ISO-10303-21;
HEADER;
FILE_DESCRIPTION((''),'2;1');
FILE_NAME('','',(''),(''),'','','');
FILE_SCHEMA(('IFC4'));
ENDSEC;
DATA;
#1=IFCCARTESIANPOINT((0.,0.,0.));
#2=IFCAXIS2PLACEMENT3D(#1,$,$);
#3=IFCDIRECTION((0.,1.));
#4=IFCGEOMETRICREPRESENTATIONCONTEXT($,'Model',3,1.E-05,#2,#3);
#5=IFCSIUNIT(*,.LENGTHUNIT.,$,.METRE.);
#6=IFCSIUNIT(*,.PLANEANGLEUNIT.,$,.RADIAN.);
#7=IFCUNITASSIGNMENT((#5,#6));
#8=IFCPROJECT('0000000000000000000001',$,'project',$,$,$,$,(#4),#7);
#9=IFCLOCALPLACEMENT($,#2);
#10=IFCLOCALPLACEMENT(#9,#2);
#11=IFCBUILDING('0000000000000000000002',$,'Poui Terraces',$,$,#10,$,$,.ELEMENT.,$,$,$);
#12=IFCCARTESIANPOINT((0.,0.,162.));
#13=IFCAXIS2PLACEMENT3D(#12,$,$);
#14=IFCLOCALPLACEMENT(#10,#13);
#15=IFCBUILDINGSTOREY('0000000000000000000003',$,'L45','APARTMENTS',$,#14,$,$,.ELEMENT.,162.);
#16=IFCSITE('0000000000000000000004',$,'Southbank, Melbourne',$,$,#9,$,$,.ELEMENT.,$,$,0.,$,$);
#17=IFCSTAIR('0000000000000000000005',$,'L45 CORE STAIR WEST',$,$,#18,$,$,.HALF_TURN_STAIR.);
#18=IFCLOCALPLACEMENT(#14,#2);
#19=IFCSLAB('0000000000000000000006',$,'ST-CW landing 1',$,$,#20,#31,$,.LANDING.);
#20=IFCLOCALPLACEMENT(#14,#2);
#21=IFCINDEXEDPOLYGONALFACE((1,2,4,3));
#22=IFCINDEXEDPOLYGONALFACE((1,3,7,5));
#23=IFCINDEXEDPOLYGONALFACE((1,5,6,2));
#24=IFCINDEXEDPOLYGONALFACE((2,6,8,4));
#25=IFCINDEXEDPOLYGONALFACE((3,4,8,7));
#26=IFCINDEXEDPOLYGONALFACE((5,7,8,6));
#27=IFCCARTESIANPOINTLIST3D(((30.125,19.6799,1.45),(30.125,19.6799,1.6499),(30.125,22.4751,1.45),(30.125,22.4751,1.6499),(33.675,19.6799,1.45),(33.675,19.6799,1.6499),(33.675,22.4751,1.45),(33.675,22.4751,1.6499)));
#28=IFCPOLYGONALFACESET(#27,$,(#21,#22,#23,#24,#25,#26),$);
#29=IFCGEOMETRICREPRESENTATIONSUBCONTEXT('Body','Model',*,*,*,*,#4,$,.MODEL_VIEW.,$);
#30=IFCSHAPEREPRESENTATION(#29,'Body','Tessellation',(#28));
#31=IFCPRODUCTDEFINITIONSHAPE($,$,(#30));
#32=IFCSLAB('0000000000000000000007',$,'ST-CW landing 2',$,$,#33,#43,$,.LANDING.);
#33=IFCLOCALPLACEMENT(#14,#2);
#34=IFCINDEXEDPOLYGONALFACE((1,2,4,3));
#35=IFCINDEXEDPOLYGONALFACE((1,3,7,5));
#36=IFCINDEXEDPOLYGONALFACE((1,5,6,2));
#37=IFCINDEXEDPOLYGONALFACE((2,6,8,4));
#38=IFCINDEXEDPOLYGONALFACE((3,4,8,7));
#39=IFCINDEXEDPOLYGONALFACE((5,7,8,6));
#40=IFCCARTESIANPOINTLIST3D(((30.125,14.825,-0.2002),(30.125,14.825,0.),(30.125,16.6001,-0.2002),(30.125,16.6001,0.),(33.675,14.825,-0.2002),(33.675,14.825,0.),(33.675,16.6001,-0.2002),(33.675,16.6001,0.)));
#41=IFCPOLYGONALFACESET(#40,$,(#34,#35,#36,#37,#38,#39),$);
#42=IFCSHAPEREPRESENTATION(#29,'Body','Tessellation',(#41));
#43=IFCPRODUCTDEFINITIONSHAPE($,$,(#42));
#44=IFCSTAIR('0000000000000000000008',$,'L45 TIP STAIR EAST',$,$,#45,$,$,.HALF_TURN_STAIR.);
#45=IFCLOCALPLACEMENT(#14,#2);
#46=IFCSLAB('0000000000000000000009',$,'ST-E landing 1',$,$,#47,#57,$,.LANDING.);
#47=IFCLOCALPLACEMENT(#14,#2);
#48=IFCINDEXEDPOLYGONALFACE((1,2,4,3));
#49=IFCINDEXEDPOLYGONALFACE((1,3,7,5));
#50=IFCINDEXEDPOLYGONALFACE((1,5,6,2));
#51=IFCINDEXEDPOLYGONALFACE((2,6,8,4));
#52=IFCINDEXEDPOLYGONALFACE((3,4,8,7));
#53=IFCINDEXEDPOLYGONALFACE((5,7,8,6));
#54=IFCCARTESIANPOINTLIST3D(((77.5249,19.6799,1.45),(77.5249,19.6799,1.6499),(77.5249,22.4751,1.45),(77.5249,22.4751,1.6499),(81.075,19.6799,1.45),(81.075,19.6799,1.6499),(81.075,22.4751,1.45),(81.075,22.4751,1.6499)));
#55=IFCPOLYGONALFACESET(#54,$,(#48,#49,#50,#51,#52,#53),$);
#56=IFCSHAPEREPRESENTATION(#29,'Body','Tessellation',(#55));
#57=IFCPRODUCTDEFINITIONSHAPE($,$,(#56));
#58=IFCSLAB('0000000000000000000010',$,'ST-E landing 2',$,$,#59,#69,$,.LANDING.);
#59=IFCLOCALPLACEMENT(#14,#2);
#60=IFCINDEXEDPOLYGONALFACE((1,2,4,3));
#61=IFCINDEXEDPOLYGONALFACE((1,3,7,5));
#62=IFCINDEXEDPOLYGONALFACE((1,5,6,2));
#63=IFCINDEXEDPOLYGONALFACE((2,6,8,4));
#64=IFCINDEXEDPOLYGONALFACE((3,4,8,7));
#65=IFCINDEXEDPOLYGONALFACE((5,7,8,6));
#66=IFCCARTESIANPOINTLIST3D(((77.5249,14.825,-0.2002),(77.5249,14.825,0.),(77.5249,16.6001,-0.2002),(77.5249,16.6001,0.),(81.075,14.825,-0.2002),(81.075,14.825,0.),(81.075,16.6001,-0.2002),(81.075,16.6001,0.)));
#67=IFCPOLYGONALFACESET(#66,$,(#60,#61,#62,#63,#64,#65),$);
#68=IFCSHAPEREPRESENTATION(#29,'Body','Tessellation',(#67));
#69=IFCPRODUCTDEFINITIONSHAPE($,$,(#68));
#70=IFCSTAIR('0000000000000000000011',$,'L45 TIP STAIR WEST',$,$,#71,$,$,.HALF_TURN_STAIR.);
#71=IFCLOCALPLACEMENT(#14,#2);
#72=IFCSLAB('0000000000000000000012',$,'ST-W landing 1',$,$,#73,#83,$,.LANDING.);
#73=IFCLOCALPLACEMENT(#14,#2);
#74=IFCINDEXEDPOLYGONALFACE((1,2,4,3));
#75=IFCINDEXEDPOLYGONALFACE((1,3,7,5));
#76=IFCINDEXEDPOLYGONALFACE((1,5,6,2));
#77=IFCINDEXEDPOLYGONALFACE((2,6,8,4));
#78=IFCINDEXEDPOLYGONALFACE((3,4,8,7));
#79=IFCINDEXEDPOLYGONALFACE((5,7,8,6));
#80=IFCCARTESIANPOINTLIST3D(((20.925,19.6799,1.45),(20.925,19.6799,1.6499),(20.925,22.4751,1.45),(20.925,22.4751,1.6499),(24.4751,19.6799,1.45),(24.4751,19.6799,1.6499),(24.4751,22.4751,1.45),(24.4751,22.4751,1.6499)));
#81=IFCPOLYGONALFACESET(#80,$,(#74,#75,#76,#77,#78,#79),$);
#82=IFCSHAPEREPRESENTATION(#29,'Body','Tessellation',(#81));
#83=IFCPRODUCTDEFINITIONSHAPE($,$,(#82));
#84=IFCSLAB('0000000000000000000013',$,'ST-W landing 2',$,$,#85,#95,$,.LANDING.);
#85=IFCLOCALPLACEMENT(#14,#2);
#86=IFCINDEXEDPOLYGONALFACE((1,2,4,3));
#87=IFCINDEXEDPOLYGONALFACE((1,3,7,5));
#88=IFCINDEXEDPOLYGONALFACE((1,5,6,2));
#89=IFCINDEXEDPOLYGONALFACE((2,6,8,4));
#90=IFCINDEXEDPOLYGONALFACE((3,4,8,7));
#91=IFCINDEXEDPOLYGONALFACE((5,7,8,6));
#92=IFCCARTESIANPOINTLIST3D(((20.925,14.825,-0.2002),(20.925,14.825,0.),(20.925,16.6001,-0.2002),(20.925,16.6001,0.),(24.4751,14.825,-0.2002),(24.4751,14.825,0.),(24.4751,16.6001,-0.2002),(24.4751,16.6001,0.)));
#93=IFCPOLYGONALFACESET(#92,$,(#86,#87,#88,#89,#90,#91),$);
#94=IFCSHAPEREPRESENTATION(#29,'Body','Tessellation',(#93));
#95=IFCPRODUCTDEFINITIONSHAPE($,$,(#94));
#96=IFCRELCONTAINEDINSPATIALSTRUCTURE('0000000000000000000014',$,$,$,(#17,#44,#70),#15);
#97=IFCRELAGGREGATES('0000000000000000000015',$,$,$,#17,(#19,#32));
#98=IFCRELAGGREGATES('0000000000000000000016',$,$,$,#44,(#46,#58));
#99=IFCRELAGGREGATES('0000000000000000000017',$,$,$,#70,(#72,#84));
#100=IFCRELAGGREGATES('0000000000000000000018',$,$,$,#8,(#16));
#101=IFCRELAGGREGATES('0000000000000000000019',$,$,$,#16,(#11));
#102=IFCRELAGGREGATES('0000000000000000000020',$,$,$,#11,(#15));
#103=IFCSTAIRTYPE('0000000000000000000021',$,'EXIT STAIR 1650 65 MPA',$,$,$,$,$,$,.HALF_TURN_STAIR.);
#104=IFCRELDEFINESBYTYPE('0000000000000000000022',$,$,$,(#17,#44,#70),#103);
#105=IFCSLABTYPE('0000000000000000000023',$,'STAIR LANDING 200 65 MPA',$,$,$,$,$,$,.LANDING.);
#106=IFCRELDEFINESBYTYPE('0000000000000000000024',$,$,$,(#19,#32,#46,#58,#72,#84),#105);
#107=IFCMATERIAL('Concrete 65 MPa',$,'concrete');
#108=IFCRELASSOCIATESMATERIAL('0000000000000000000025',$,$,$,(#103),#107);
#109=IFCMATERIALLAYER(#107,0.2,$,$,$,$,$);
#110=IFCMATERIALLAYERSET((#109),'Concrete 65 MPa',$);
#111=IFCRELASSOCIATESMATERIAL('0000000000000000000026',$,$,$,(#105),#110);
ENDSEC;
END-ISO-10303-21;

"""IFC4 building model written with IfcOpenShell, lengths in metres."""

from ifc_helpers import new_model, si_unit, direction, frame, origin, place, context, subcontext, project, spatial, polyline, outline, extrude, material, layer, layer_set, type_object, element, aggregate, save


model = new_model("IFC4")

# Units and contexts
model_context = context("Model", 3, precision=1e-05, world=origin(), true_north=direction((0.0, 1.0)))
body_context = subcontext(model_context, "Body", "Model", "MODEL_VIEW")
ifc_project = project(units=[si_unit("LENGTHUNIT", "METRE"), si_unit("PLANEANGLEUNIT", "RADIAN")], contexts=[model_context])

# Site, building, storey
site_placement = place(None, origin())
site = spatial("IfcSite", under=ifc_project, at=site_placement, Name="Southbank, Melbourne", CompositionType="ELEMENT", RefElevation=0.0)
building_placement = place(site_placement, origin())
building = spatial("IfcBuilding", under=site, at=building_placement, Name="Poui Terraces", CompositionType="ELEMENT")
storey_placement = place(building_placement, frame((0.0, 0.0, 162.0)))
storey = spatial("IfcBuildingStorey", under=building, at=storey_placement, Name="L45", Description="APARTMENTS", CompositionType="ELEMENT", Elevation=162.0)

# Stairs, slabs
ifc_material_1 = material(Name="Concrete 65 MPa", Category="concrete")
stair_type = type_object("IfcStairType", Name="EXIT STAIR 1650 65 MPA", PredefinedType="HALF_TURN_STAIR", material=ifc_material_1)
stair_1_placement = place(storey_placement, origin())
stair_1 = element("IfcStair", 1, at=stair_1_placement, inside=storey, type_object=stair_type, Name="L45 CORE STAIR WEST", PredefinedType="HALF_TURN_STAIR")
ifc_layer_1 = layer(ifc_material_1, 0.2)
ifc_layer_set_1 = layer_set([ifc_layer_1], Name="Concrete 65 MPa")
slab_type_1 = type_object("IfcSlabType", Name="STAIR LANDING 200 65 MPA", PredefinedType="LANDING", material=ifc_layer_set_1)
slab_1_placement = place(storey_placement, frame((0.0, 0.0, 1.45)))
slab_1 = element("IfcSlab", 2, at=slab_1_placement, type_object=slab_type_1, Name="ST-CW landing 1", PredefinedType="LANDING", context=body_context, shape_type="SweptSolid", body=[
    extrude(outline(polyline([(30.125, 19.6799), (33.675, 19.6799), (33.675, 22.4751), (30.125, 22.4751), (30.125, 19.6799)])), origin(), (0.0, 0.0, 1.0), 0.2),
])
slab_2_placement = place(storey_placement, frame((0.0, 0.0, -0.2002)))
slab_2 = element("IfcSlab", 3, at=slab_2_placement, type_object=slab_type_1, Name="ST-CW landing 2", PredefinedType="LANDING", context=body_context, shape_type="SweptSolid", body=[
    extrude(outline(polyline([(30.125, 14.825), (33.675, 14.825), (33.675, 16.6001), (30.125, 16.6001), (30.125, 14.825)])), origin(), (0.0, 0.0, 1.0), 0.2002),
])
aggregate(stair_1, [slab_1, slab_2])
stair_2_placement = place(storey_placement, origin())
stair_2 = element("IfcStair", 4, at=stair_2_placement, inside=storey, type_object=stair_type, Name="L45 TIP STAIR EAST", PredefinedType="HALF_TURN_STAIR")
slab_3_placement = place(storey_placement, frame((0.0, 0.0, 1.45)))
slab_3 = element("IfcSlab", 5, at=slab_3_placement, type_object=slab_type_1, Name="ST-E landing 1", PredefinedType="LANDING", context=body_context, shape_type="SweptSolid", body=[
    extrude(outline(polyline([(77.5249, 19.6799), (81.075, 19.6799), (81.075, 22.4751), (77.5249, 22.4751), (77.5249, 19.6799)])), origin(), (0.0, 0.0, 1.0), 0.2),
])
slab_4_placement = place(storey_placement, frame((0.0, 0.0, -0.2002)))
slab_4 = element("IfcSlab", 6, at=slab_4_placement, type_object=slab_type_1, Name="ST-E landing 2", PredefinedType="LANDING", context=body_context, shape_type="SweptSolid", body=[
    extrude(outline(polyline([(77.5249, 14.825), (81.075, 14.825), (81.075, 16.6001), (77.5249, 16.6001), (77.5249, 14.825)])), origin(), (0.0, 0.0, 1.0), 0.2002),
])
aggregate(stair_2, [slab_3, slab_4])
stair_3_placement = place(storey_placement, origin())
stair_3 = element("IfcStair", 7, at=stair_3_placement, inside=storey, type_object=stair_type, Name="L45 TIP STAIR WEST", PredefinedType="HALF_TURN_STAIR")
slab_5_placement = place(storey_placement, frame((0.0, 0.0, 1.45)))
slab_5 = element("IfcSlab", 8, at=slab_5_placement, type_object=slab_type_1, Name="ST-W landing 1", PredefinedType="LANDING", context=body_context, shape_type="SweptSolid", body=[
    extrude(outline(polyline([(20.925, 19.6799), (24.4751, 19.6799), (24.4751, 22.4751), (20.925, 22.4751), (20.925, 19.6799)])), origin(), (0.0, 0.0, 1.0), 0.2),
])
slab_6_placement = place(storey_placement, frame((0.0, 0.0, -0.2002)))
slab_6 = element("IfcSlab", 9, at=slab_6_placement, type_object=slab_type_1, Name="ST-W landing 2", PredefinedType="LANDING", context=body_context, shape_type="SweptSolid", body=[
    extrude(outline(polyline([(20.925, 14.825), (24.4751, 14.825), (24.4751, 16.6001), (20.925, 16.6001), (20.925, 14.825)])), origin(), (0.0, 0.0, 1.0), 0.2002),
])
aggregate(stair_3, [slab_5, slab_6])

save(model, "model.ifc")
